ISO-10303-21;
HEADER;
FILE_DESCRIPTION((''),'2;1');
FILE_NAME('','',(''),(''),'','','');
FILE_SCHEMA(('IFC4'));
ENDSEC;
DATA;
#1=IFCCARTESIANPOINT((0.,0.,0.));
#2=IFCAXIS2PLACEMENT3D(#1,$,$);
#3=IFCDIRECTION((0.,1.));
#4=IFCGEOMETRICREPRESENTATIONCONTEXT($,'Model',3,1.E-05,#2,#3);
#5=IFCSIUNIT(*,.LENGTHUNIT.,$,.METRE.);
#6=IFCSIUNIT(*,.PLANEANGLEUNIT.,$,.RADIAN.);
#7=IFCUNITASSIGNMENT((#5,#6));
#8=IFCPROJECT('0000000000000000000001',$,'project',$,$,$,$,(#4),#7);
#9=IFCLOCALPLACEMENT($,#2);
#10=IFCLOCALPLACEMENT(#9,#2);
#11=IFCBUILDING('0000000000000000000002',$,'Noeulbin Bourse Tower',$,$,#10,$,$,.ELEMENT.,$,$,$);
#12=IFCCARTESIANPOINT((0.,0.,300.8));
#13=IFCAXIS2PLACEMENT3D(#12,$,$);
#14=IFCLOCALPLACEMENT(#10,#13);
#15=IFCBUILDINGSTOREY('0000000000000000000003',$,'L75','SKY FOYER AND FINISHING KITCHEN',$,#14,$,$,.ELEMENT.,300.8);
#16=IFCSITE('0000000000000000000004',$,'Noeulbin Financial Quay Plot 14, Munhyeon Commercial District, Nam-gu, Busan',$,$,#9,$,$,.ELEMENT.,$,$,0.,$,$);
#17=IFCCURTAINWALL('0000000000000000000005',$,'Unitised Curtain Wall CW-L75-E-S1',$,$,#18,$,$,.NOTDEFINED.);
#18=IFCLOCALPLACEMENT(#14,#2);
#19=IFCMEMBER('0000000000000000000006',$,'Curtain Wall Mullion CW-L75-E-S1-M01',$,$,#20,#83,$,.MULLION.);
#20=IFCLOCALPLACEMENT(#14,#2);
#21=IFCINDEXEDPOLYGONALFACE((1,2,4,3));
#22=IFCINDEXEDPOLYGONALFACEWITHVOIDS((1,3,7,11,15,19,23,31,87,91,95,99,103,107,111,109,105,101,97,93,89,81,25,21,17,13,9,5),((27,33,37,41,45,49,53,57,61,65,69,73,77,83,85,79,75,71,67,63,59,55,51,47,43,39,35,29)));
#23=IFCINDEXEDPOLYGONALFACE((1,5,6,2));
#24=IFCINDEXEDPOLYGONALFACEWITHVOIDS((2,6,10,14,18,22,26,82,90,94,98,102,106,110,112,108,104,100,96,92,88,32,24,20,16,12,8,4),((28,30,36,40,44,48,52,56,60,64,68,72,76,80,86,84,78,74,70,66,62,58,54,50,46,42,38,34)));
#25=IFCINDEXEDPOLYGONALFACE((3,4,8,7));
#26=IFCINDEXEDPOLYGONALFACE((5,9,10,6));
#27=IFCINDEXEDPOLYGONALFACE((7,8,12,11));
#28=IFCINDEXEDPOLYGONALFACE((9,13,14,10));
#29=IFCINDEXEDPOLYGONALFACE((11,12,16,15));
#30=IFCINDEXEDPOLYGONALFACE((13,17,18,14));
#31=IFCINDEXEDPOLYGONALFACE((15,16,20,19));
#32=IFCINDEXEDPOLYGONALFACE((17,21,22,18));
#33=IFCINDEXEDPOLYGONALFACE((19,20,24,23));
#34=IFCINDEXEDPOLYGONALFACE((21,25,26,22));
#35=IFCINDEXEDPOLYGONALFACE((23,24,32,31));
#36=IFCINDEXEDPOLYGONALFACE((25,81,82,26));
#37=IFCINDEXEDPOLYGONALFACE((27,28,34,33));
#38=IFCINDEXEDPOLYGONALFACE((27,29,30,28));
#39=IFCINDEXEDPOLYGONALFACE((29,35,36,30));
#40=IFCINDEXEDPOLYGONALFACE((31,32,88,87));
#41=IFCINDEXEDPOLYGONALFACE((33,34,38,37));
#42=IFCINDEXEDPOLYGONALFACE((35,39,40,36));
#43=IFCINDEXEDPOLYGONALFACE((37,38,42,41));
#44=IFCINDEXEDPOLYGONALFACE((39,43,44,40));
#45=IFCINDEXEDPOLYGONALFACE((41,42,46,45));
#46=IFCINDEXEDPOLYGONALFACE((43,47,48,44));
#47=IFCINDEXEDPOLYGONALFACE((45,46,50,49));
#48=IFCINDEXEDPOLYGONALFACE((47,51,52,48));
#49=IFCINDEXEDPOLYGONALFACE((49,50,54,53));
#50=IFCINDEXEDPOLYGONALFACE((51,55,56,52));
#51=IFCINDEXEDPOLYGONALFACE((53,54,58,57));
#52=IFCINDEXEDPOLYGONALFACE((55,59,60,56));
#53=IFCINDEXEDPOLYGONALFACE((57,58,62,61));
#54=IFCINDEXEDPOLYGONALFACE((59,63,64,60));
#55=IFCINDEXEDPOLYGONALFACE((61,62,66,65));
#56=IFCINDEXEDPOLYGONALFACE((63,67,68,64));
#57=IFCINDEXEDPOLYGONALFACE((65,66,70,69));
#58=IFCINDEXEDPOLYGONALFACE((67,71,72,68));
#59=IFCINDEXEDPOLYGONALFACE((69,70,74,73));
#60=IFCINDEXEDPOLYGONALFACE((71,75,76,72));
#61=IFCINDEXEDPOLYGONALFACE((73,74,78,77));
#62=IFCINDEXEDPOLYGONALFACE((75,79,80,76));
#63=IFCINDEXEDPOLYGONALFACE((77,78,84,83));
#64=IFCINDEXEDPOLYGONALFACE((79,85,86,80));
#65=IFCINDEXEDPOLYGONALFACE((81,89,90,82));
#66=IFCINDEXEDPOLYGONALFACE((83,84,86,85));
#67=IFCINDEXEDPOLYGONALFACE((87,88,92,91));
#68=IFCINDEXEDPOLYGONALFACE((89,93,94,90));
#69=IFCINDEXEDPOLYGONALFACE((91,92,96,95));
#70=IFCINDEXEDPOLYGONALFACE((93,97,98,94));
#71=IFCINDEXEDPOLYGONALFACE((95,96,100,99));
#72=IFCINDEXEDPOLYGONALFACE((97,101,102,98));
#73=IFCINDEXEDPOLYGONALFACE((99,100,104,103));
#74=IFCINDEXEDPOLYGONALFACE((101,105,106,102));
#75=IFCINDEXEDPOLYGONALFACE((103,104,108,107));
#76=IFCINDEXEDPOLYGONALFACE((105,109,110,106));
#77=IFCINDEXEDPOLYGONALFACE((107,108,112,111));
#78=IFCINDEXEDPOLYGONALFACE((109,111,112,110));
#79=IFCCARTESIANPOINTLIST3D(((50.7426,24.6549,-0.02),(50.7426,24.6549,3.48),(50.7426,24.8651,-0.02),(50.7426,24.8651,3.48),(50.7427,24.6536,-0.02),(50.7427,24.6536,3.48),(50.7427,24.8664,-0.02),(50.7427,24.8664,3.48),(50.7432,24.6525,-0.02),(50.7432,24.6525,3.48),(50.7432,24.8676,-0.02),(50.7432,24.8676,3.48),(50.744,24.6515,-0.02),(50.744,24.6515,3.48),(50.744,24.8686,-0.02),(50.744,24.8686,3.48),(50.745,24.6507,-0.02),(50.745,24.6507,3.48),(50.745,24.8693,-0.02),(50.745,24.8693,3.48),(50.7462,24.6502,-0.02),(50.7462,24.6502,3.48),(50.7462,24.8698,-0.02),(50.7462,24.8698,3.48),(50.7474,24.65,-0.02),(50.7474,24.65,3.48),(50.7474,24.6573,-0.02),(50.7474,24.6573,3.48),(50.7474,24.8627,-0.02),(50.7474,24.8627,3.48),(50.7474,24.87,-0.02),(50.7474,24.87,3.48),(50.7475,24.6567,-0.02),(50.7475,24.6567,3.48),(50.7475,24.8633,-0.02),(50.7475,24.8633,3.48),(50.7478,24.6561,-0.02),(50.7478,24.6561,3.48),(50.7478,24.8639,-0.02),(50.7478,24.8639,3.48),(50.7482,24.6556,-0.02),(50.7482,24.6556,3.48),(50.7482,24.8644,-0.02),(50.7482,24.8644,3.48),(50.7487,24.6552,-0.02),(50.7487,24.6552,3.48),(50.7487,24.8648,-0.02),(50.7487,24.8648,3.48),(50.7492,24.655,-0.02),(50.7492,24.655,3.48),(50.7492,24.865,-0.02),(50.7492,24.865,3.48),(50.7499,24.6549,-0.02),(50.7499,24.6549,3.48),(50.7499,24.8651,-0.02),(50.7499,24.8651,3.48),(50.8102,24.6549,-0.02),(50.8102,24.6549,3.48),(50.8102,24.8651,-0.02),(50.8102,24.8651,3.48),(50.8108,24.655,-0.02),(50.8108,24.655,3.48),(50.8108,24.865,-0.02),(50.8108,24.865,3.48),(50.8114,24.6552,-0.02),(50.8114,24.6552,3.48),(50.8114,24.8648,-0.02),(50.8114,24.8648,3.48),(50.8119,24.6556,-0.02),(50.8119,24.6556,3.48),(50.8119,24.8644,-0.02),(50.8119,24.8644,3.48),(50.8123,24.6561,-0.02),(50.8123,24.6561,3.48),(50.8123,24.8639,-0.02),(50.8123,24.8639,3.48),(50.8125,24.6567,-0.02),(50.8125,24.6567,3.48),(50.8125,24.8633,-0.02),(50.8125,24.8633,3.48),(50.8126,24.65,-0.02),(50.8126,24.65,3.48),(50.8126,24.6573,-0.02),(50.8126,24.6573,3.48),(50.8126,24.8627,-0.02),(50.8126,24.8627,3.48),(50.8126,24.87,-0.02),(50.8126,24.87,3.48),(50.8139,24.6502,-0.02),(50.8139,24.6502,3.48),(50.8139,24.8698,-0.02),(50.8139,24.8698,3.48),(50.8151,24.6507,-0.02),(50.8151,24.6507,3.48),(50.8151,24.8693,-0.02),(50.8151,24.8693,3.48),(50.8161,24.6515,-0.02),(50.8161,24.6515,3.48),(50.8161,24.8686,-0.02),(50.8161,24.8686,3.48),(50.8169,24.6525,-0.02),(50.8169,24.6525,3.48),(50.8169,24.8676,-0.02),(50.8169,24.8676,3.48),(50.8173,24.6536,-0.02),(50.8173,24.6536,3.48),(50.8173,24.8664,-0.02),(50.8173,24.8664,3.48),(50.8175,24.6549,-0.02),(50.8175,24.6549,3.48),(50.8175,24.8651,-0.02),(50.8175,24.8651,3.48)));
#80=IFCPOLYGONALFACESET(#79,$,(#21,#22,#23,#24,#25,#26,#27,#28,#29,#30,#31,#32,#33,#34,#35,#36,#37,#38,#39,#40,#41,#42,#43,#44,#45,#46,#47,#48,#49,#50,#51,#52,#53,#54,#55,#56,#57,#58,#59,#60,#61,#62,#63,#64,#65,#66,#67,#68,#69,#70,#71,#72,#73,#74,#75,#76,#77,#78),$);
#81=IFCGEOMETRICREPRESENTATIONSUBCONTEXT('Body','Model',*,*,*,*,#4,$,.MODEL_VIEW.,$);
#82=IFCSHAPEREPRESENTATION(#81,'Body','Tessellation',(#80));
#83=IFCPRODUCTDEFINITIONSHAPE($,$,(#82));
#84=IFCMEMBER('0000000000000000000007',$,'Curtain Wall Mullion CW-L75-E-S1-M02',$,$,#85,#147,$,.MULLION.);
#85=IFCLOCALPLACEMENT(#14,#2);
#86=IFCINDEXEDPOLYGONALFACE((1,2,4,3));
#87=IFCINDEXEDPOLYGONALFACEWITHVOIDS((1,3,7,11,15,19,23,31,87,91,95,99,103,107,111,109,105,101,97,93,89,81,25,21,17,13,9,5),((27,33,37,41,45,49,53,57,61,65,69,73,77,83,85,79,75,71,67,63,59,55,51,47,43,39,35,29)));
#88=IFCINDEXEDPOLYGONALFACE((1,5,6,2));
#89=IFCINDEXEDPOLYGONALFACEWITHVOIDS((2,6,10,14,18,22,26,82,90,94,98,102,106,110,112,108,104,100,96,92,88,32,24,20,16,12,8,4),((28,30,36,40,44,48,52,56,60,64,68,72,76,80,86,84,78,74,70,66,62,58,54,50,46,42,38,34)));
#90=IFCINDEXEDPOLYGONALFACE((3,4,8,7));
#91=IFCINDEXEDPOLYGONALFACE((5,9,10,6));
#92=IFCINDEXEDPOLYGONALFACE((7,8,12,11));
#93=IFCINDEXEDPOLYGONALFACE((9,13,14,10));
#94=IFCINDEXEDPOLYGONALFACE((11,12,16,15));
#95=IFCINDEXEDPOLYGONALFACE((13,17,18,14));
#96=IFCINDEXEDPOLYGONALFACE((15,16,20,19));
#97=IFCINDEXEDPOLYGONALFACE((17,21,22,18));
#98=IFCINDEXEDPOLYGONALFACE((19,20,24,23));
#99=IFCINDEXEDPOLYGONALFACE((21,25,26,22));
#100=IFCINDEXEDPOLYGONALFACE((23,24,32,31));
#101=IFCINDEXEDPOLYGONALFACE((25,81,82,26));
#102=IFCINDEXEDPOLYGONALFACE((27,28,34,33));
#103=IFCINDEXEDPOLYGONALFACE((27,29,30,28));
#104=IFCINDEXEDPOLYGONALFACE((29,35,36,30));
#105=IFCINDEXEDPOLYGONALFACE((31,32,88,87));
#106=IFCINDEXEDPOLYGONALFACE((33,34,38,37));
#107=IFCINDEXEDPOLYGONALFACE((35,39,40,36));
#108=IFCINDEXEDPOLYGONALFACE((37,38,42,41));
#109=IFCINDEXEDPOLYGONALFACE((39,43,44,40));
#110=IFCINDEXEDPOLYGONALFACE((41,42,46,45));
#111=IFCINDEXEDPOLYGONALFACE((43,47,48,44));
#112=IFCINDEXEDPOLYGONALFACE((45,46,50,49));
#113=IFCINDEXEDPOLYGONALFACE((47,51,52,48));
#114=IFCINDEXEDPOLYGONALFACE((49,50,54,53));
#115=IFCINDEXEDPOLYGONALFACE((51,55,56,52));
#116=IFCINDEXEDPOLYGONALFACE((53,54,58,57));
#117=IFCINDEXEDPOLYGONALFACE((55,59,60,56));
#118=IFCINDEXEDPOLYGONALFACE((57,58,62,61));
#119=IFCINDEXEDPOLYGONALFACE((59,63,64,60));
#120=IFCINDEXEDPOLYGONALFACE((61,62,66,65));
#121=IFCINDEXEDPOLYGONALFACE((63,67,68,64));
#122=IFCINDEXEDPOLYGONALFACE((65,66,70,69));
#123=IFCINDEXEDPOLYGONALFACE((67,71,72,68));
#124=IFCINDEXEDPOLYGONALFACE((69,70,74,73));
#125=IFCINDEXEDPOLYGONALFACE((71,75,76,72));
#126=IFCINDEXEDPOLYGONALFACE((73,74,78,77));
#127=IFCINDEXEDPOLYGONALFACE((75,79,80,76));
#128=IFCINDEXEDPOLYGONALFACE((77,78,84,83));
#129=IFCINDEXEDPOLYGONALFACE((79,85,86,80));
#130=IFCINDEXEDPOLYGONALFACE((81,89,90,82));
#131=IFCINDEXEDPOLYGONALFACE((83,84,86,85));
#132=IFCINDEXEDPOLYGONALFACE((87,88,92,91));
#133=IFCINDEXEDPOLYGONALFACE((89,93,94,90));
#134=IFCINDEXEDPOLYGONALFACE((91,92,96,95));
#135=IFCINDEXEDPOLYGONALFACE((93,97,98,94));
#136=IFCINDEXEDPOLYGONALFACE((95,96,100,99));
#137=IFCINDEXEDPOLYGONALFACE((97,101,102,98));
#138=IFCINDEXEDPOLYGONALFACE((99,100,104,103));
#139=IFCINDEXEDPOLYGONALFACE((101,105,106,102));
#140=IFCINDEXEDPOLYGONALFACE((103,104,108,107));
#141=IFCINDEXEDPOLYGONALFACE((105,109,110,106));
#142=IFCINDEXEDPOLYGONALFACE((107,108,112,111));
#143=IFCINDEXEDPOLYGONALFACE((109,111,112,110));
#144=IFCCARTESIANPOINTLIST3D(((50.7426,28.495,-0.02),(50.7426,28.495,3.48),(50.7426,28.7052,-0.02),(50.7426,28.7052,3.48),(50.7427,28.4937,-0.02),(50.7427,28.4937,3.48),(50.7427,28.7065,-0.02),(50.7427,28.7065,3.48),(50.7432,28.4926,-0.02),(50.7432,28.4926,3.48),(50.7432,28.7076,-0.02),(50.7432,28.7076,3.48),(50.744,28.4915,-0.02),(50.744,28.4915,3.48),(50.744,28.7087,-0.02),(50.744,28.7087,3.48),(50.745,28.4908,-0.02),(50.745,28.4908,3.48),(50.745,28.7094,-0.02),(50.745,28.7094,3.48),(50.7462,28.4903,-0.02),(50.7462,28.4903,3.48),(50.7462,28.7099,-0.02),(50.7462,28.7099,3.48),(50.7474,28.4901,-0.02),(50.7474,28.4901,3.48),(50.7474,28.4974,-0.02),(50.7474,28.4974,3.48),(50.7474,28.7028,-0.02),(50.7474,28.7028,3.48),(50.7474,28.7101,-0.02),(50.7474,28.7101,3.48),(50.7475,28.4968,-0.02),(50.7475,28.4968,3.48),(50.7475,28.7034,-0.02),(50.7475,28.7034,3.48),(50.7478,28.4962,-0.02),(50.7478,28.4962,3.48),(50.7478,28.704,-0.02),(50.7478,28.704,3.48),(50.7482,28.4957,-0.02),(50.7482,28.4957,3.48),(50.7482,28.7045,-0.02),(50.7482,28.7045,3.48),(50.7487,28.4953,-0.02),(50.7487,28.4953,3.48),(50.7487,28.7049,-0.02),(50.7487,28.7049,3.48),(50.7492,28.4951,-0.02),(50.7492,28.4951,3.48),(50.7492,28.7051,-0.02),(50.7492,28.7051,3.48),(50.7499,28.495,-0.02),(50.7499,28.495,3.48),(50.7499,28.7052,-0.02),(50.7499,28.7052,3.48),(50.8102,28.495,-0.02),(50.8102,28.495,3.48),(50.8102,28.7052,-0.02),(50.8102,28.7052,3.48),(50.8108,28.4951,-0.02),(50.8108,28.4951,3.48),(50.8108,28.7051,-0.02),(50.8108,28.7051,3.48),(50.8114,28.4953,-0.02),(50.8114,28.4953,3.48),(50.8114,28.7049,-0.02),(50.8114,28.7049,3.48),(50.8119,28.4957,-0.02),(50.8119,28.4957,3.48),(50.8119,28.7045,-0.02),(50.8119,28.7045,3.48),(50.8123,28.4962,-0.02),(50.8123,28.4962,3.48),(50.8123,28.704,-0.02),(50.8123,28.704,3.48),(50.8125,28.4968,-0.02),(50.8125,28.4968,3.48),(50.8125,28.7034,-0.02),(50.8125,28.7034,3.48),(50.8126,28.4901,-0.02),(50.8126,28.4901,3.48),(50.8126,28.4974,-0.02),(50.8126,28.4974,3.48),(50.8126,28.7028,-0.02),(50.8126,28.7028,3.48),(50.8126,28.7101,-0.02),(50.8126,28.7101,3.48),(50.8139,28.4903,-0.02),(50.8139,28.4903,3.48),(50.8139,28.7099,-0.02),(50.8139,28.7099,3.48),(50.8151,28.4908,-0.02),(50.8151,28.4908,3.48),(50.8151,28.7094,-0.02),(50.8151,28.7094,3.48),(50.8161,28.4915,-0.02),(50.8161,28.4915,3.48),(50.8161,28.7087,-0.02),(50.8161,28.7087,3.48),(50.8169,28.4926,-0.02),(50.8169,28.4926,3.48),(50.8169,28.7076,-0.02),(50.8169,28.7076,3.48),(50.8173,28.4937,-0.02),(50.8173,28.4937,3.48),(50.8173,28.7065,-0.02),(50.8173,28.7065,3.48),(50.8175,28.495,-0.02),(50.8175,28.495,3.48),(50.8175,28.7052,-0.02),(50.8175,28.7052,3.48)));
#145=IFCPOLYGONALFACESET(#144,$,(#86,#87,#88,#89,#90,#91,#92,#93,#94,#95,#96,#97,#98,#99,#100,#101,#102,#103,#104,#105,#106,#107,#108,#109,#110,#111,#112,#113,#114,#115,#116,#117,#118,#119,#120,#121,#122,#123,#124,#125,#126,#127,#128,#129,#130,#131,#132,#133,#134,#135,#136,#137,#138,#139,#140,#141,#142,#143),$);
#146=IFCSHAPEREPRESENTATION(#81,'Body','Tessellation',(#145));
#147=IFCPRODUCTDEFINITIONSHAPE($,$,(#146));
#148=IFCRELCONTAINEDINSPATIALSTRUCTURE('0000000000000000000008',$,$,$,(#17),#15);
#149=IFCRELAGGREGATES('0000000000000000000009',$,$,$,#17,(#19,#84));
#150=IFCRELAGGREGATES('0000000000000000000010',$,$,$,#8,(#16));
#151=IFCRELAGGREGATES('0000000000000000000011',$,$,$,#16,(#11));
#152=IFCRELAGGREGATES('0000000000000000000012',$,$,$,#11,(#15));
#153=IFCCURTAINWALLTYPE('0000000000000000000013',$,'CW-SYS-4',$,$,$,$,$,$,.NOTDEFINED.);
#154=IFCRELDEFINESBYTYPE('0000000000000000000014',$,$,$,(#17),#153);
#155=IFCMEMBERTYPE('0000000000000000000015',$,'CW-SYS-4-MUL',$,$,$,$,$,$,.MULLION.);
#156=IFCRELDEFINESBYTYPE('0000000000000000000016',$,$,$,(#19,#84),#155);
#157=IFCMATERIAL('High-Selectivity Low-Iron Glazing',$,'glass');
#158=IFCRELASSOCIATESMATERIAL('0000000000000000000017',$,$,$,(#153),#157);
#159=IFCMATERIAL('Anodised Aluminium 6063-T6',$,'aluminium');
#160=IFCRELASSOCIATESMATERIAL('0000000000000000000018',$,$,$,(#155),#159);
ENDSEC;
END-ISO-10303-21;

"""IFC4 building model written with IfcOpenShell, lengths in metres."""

from ifc_helpers import new_model, si_unit, direction, frame, origin, origin_2d, place, context, subcontext, project, spatial, hollow_rectangle, extrude, material, material_profile, profile_set, type_object, element, aggregate, save


model = new_model("IFC4")

# Units and contexts
model_context = context("Model", 3, precision=1e-05, world=origin(), true_north=direction((0.0, 1.0)))
body_context = subcontext(model_context, "Body", "Model", "MODEL_VIEW")
ifc_project = project(units=[si_unit("LENGTHUNIT", "METRE"), si_unit("PLANEANGLEUNIT", "RADIAN")], contexts=[model_context])

# Site, building, storey
site_placement = place(None, origin())
site = spatial("IfcSite", under=ifc_project, at=site_placement, Name="Noeulbin Financial Quay Plot 14, Munhyeon Commercial District, Nam-gu, Busan", CompositionType="ELEMENT", RefElevation=0.0)
building_placement = place(site_placement, origin())
building = spatial("IfcBuilding", under=site, at=building_placement, Name="Noeulbin Bourse Tower", CompositionType="ELEMENT")
storey_placement = place(building_placement, frame((0.0, 0.0, 300.8)))
storey = spatial("IfcBuildingStorey", under=building, at=storey_placement, Name="L75", Description="SKY FOYER AND FINISHING KITCHEN", CompositionType="ELEMENT", Elevation=300.8)

# Curtain wall, members
ifc_material_1 = material(Name="High-Selectivity Low-Iron Glazing", Category="glass")
curtain_wall_type = type_object("IfcCurtainWallType", Name="CW-SYS-4", PredefinedType="NOTDEFINED", material=ifc_material_1)
curtain_wall_1_placement = place(storey_placement, origin())
curtain_wall_1 = element("IfcCurtainWall", 1, at=curtain_wall_1_placement, inside=storey, type_object=curtain_wall_type, Name="Unitised Curtain Wall CW-L75-E-S1", PredefinedType="NOTDEFINED")
ifc_material_2 = material(Name="Anodised Aluminium 6063-T6", Category="aluminium")
ifc_material_profile_1 = material_profile(ifc_material_2, hollow_rectangle(XDim=0.075, YDim=0.22, WallThickness=0.0049, InnerFilletRadius=0.0024, OuterFilletRadius=0.0049, at=origin_2d()), Name="ALU-MULL-75x220x5", Category="LoadBearing")
ifc_profile_set_1 = profile_set([ifc_material_profile_1], Name="Anodised Aluminium 6063-T6")
member_type_1 = type_object("IfcMemberType", Name="CW-SYS-4-MUL", PredefinedType="MULLION", material=ifc_profile_set_1)
member_1_placement = place(storey_placement, frame((50.78, 24.76, -0.02), z_axis=(0.0, 0.0, 1.0), x_axis=(1.0, 0.0, 0.0)))
member_1 = element("IfcMember", 2, at=member_1_placement, type_object=member_type_1, Name="Curtain Wall Mullion CW-L75-E-S1-M01", PredefinedType="MULLION", context=body_context, shape_type="SweptSolid", body=[
    extrude(hollow_rectangle(XDim=0.075, YDim=0.22, WallThickness=0.0049, InnerFilletRadius=0.0024, OuterFilletRadius=0.0049, at=origin_2d()), origin(), (0.0, 0.0, 1.0), 3.5),
])
member_2_placement = place(storey_placement, frame((50.78, 28.6001, -0.02), z_axis=(0.0, 0.0, 1.0), x_axis=(1.0, 0.0, 0.0)))
member_2 = element("IfcMember", 3, at=member_2_placement, type_object=member_type_1, Name="Curtain Wall Mullion CW-L75-E-S1-M02", PredefinedType="MULLION", context=body_context, shape_type="SweptSolid", body=[
    extrude(hollow_rectangle(XDim=0.075, YDim=0.22, WallThickness=0.0049, InnerFilletRadius=0.0024, OuterFilletRadius=0.0049, at=origin_2d()), origin(), (0.0, 0.0, 1.0), 3.5),
])

aggregate(curtain_wall_1, [member_1, member_2])

save(model, "model.ifc")
